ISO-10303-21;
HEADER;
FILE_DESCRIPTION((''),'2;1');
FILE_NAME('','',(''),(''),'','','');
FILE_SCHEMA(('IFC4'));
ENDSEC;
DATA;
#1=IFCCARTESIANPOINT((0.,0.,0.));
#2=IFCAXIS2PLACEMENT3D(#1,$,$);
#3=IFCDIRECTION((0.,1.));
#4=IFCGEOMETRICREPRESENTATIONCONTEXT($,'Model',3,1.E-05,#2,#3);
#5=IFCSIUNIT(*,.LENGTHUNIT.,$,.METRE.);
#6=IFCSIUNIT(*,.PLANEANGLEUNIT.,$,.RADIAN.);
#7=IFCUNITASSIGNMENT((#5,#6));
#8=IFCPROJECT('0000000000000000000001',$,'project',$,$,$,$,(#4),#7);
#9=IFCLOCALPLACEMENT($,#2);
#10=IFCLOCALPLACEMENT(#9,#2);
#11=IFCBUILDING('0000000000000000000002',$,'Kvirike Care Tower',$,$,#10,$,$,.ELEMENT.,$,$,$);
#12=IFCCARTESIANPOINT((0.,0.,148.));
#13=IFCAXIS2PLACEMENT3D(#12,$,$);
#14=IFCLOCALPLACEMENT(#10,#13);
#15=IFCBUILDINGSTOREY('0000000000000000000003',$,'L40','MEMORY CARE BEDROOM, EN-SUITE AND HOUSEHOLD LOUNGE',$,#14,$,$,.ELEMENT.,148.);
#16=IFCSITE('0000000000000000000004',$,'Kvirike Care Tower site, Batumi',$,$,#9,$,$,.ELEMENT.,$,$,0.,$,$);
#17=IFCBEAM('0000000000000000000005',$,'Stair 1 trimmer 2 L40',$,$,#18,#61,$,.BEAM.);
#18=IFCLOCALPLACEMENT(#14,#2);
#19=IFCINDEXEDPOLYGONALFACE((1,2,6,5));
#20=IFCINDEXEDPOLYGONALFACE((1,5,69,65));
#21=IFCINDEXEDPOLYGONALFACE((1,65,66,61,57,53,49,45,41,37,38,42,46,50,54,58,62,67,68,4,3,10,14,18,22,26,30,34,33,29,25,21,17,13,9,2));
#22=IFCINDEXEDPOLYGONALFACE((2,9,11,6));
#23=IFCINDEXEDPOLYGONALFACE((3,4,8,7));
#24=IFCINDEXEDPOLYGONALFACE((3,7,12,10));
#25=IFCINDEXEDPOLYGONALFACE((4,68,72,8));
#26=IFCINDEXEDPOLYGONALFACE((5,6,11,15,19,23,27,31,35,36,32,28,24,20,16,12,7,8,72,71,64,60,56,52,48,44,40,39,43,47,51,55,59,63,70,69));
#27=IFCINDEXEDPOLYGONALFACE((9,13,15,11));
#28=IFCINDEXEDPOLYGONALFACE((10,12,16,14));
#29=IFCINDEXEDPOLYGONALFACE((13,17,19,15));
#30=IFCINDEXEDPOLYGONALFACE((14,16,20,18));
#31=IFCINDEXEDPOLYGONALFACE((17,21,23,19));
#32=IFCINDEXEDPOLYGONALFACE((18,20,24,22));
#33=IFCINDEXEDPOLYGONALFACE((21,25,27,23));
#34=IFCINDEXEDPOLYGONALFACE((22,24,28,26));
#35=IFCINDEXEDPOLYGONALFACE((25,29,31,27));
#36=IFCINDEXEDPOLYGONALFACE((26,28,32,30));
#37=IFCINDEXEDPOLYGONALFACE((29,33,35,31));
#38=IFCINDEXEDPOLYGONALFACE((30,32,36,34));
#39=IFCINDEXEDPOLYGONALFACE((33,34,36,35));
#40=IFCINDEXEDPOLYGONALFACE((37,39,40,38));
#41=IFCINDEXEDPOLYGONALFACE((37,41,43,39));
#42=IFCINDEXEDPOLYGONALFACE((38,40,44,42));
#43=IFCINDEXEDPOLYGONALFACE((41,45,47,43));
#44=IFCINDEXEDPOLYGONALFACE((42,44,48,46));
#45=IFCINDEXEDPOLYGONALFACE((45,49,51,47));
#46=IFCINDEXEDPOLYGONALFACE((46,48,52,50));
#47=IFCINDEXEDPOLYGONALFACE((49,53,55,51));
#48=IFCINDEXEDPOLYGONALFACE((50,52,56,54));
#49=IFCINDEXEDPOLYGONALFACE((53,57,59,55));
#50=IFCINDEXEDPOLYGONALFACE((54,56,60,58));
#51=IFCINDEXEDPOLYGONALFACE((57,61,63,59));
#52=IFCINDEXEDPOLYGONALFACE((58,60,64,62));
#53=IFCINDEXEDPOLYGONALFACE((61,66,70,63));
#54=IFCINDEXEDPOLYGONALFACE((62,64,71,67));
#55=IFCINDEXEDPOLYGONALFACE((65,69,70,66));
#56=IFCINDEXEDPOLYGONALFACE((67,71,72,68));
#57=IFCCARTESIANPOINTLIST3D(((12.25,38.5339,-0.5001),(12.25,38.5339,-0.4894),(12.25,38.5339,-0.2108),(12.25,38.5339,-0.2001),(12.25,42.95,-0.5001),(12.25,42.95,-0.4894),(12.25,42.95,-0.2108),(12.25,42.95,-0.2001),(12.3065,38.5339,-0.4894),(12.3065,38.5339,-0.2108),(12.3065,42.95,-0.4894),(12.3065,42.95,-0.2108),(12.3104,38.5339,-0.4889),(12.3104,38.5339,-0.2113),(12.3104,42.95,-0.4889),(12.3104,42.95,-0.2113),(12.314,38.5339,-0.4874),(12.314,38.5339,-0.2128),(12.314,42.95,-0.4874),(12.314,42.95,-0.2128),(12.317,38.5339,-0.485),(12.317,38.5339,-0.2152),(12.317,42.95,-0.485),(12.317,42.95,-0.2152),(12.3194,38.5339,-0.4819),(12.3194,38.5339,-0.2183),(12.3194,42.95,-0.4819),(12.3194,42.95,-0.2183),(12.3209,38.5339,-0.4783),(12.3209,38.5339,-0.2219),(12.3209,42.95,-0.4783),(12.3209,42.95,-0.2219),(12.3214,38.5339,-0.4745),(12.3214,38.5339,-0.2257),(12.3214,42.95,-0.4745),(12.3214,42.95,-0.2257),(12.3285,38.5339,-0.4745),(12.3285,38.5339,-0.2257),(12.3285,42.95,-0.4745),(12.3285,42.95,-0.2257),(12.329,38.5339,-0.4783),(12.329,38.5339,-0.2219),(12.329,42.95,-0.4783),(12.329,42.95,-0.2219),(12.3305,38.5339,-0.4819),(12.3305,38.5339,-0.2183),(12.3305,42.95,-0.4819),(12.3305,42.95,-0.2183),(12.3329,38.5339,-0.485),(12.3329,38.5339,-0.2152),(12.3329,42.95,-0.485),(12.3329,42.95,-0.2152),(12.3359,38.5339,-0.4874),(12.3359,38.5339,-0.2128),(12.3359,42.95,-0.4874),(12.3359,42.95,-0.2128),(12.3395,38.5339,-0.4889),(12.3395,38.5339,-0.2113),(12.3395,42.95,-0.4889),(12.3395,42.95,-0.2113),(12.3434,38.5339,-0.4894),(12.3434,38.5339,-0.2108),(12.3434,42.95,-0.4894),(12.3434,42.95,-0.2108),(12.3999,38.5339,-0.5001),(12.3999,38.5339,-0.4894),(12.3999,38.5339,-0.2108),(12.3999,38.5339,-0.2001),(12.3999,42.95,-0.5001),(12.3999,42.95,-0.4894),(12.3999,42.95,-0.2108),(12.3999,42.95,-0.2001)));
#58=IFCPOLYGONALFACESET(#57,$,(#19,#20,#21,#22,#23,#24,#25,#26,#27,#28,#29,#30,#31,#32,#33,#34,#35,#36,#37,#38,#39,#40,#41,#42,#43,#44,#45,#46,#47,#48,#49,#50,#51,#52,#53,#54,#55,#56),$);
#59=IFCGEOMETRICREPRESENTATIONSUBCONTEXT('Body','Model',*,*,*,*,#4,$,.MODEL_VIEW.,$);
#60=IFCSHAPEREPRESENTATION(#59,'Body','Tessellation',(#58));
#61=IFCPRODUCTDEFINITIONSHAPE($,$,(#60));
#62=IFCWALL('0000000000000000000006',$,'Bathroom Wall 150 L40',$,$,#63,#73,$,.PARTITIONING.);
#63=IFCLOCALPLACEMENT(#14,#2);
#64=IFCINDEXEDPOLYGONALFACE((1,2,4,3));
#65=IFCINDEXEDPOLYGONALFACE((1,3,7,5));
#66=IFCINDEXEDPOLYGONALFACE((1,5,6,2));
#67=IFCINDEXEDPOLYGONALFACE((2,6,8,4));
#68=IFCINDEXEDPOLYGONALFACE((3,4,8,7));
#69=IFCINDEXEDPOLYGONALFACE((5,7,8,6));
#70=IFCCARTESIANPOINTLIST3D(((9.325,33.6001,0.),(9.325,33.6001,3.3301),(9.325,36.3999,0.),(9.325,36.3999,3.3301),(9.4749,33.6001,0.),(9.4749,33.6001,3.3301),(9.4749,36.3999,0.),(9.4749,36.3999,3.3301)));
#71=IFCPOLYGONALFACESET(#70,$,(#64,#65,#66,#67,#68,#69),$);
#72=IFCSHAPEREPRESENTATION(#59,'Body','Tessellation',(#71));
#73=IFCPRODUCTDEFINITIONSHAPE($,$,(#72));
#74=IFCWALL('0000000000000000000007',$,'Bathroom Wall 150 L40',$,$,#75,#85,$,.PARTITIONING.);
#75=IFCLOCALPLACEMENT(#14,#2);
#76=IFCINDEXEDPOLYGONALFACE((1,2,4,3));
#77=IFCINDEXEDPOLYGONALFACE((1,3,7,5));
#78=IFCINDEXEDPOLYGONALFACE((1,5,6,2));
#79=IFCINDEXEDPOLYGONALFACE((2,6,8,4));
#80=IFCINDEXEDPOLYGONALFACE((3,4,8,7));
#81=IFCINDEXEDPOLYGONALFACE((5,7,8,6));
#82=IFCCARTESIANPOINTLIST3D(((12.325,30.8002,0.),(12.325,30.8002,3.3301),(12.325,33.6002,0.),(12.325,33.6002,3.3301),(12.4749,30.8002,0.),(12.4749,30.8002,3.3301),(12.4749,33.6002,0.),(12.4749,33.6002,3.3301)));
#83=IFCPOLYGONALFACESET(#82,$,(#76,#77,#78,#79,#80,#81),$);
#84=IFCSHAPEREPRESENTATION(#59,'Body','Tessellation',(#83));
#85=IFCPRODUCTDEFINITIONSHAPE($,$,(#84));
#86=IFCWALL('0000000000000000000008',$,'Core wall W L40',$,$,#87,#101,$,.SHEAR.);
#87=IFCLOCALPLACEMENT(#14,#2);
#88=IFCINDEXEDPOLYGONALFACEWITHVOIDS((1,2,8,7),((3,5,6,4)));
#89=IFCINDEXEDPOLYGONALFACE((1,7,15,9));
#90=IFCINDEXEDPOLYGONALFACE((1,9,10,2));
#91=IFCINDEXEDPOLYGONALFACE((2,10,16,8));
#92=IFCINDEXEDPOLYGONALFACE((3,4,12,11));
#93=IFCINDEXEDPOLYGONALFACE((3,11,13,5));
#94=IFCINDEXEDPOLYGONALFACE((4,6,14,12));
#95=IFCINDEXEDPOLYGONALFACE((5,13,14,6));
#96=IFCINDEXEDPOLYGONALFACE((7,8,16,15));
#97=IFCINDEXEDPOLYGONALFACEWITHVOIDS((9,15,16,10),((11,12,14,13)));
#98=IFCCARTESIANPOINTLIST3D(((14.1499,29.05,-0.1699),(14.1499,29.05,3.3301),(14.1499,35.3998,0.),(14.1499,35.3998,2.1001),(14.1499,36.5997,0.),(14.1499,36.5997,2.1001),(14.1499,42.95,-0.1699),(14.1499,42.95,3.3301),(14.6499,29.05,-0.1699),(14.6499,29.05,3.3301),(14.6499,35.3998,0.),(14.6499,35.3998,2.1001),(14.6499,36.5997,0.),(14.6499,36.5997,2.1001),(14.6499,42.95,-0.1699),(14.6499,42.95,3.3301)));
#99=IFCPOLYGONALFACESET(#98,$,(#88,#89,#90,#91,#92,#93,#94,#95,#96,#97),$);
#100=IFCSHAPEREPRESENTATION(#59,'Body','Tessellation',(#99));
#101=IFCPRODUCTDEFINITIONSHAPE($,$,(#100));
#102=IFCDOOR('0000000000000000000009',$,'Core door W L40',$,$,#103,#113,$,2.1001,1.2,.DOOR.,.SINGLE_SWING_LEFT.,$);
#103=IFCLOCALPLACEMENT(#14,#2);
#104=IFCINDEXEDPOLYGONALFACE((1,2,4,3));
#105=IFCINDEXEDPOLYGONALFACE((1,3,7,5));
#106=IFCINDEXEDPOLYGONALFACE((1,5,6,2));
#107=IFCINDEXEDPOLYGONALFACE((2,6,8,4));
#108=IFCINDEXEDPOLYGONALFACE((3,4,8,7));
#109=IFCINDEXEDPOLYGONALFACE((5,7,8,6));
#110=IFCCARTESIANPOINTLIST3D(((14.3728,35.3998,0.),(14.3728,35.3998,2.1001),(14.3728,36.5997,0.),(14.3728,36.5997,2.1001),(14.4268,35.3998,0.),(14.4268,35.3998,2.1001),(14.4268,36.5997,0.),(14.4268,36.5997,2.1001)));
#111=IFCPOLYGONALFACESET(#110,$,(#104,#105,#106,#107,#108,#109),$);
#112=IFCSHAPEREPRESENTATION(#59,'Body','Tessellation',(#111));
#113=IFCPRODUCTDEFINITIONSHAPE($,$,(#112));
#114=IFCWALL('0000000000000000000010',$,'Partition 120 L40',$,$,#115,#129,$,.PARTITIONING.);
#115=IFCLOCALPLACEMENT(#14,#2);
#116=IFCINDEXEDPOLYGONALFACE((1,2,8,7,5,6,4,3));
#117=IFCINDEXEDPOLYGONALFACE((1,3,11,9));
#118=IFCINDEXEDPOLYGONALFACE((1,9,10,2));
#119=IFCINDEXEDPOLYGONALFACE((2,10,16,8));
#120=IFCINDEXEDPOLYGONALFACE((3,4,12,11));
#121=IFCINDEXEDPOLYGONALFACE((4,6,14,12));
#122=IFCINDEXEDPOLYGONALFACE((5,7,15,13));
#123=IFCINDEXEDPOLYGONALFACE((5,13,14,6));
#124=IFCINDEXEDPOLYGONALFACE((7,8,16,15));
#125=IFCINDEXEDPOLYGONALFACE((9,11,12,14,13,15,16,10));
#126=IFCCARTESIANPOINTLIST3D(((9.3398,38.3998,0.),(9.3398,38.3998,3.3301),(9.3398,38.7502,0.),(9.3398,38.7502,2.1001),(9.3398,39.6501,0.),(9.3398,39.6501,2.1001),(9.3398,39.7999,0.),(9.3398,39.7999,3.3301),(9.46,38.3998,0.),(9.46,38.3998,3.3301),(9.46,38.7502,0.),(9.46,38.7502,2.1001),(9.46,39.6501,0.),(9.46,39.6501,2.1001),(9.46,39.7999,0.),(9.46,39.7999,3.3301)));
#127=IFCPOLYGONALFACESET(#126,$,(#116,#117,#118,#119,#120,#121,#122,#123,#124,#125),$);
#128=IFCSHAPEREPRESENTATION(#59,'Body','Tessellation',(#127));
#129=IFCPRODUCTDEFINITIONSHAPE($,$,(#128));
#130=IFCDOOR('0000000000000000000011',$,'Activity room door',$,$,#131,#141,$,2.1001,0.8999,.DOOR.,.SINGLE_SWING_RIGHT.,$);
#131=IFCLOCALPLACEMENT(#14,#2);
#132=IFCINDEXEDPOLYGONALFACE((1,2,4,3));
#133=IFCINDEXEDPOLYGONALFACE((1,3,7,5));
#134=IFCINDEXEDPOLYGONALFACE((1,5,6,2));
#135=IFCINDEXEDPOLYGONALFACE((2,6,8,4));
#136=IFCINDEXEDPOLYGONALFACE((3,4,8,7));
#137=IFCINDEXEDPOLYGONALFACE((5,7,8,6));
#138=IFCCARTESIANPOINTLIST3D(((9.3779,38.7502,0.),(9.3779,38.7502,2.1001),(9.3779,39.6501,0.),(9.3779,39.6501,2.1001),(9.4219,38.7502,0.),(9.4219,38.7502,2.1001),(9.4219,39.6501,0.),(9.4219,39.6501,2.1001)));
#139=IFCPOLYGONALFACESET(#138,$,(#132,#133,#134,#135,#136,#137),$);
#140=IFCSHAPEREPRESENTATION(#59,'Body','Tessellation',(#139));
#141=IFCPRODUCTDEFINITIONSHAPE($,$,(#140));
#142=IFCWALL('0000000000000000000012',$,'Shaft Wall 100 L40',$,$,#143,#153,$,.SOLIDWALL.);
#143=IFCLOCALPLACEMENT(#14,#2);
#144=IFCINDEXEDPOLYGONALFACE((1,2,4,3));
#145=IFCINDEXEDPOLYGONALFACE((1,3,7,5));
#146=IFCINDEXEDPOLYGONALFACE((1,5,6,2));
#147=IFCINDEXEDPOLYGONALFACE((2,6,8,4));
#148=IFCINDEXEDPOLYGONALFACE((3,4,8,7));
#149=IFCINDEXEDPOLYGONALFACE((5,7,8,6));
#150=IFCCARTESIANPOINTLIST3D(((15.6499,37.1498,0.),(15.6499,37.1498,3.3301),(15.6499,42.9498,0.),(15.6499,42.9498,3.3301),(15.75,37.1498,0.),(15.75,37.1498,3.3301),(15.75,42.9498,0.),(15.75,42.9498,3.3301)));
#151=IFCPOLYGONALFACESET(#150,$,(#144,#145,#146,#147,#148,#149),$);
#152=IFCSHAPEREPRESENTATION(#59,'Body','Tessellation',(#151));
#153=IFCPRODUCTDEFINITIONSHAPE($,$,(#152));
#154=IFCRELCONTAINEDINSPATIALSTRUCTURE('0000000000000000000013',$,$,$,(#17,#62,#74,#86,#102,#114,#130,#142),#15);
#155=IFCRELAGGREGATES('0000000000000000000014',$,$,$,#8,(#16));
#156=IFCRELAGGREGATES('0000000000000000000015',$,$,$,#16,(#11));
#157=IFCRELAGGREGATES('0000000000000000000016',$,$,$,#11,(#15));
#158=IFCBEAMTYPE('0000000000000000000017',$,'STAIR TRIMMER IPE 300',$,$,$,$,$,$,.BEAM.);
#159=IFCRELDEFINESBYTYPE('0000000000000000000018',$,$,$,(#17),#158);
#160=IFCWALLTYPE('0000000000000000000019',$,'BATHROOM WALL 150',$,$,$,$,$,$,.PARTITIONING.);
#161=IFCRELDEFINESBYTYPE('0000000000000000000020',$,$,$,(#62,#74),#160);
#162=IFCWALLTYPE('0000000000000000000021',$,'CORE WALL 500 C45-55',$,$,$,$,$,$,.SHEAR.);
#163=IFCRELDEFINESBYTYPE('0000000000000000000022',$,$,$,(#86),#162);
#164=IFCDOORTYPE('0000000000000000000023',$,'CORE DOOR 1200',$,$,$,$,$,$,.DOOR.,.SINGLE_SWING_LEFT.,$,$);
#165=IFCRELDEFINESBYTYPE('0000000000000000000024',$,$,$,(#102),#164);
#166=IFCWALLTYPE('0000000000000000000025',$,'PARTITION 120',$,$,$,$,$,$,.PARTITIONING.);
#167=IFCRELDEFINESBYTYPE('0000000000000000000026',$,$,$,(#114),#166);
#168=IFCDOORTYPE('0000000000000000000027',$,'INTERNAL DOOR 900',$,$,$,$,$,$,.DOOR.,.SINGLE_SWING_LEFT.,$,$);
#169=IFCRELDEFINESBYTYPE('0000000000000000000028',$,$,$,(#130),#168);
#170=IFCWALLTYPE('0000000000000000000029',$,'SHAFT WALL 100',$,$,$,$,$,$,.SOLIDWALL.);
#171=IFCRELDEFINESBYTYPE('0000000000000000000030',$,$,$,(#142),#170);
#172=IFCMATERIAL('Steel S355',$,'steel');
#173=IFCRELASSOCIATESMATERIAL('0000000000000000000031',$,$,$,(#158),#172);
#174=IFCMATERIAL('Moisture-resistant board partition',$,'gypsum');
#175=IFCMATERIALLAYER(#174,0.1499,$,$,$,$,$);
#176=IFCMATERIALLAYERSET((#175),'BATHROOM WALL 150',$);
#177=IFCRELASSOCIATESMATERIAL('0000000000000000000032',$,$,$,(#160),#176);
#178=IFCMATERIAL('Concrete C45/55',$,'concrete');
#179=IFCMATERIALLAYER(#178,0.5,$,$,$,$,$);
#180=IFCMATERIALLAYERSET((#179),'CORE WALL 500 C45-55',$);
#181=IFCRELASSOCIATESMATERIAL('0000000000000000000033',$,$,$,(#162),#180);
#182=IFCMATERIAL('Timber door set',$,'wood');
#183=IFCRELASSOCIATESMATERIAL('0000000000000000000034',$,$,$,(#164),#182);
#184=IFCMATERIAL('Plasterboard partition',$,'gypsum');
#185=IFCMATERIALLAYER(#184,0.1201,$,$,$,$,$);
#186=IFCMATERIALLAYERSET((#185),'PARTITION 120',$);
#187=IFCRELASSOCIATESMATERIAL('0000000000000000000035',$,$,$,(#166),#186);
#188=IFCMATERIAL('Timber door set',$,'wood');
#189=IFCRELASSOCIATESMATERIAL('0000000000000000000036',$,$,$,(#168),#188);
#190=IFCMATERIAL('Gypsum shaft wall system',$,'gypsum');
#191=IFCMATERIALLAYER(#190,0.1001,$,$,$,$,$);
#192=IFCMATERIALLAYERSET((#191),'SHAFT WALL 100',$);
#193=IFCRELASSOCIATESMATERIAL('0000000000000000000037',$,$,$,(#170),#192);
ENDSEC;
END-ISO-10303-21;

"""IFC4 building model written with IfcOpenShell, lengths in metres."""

from ifc_helpers import new_model, si_unit, direction, frame, frame_2d, origin, origin_2d, place, context, subcontext, project, spatial, rectangle, i_section, extrude, material, layer, layer_set, material_profile, profile_set, type_object, element, fill, save


model = new_model("IFC4")

# Units and contexts
model_context = context("Model", 3, precision=1e-05, world=origin(), true_north=direction((0.0, 1.0)))
body_context = subcontext(model_context, "Body", "Model", "MODEL_VIEW")
ifc_project = project(units=[si_unit("LENGTHUNIT", "METRE"), si_unit("PLANEANGLEUNIT", "RADIAN")], contexts=[model_context])

# Site, building, storey
site_placement = place(None, origin())
site = spatial("IfcSite", under=ifc_project, at=site_placement, Name="Kvirike Care Tower site, Batumi", CompositionType="ELEMENT", RefElevation=0.0)
building_placement = place(site_placement, origin())
building = spatial("IfcBuilding", under=site, at=building_placement, Name="Kvirike Care Tower", CompositionType="ELEMENT")
storey_placement = place(building_placement, frame((0.0, 0.0, 148.0)))
storey = spatial("IfcBuildingStorey", under=building, at=storey_placement, Name="L40", Description="MEMORY CARE BEDROOM, EN-SUITE AND HOUSEHOLD LOUNGE", CompositionType="ELEMENT", Elevation=148.0)

# Beam
ifc_material_1 = material(Name="Steel S355", Category="steel")
ifc_material_profile_1 = material_profile(ifc_material_1, i_section(OverallWidth=0.1499, OverallDepth=0.3, WebThickness=0.0071, FlangeThickness=0.0107, FilletRadius=0.0149, at=origin_2d()), Name="IPE 300")
ifc_profile_set_1 = profile_set([ifc_material_profile_1], Name="Steel S355")
beam_type_1 = type_object("IfcBeamType", Name="STAIR TRIMMER IPE 300", PredefinedType="BEAM", material=ifc_profile_set_1)
for number, where, z_axis, x_axis, name in (
    (1, (12.325, 42.95, -0.3501), (0.0, -1.0, 0.0), (1.0, 0.0, 0.0), "Stair 1 trimmer 2 L40"),
):
    element("IfcBeam", number, at=place(storey_placement, frame(where, z_axis=z_axis, x_axis=x_axis)), inside=storey, type_object=beam_type_1, Name=name, PredefinedType="BEAM", context=body_context, shape_type="SweptSolid", body=[
        extrude(i_section(OverallWidth=0.1499, OverallDepth=0.3, WebThickness=0.0071, FlangeThickness=0.0107, FilletRadius=0.0149, at=origin_2d()), origin(), (0.0, 0.0, 1.0), 4.416),
    ])

# Walls
ifc_material_2 = material(Name="Moisture-resistant board partition", Category="gypsum")
ifc_layer_1 = layer(ifc_material_2, 0.1499)
ifc_layer_set_1 = layer_set([ifc_layer_1], Name="BATHROOM WALL 150")
wall_type_1 = type_object("IfcWallType", Name="BATHROOM WALL 150", PredefinedType="PARTITIONING", material=ifc_layer_set_1)
wall_1_placement = place(storey_placement, frame((9.3999, 36.3999, 0.0), z_axis=(0.0, 0.0, 1.0), x_axis=(0.0, -1.0, 0.0)))
element("IfcWall", 2, at=wall_1_placement, inside=storey, type_object=wall_type_1, Name="Bathroom Wall 150 L40", PredefinedType="PARTITIONING", context=body_context, shape_type="SweptSolid", body=[
    extrude(rectangle(XDim=2.7998, YDim=0.1499, at=frame_2d((1.3999, 0.0))), origin(), (0.0, 0.0, 1.0), 3.3301),
])
wall_2_placement = place(storey_placement, frame((12.3999, 33.6001, 0.0), z_axis=(0.0, 0.0, 1.0), x_axis=(0.0, -1.0, 0.0)))
element("IfcWall", 3, at=wall_2_placement, inside=storey, type_object=wall_type_1, Name="Bathroom Wall 150 L40", PredefinedType="PARTITIONING", context=body_context, shape_type="SweptSolid", body=[
    extrude(rectangle(XDim=2.8, YDim=0.1499, at=frame_2d((1.3999, 0.0))), origin(), (0.0, 0.0, 1.0), 3.3301),
])

# Walls, openings, doors
ifc_material_3 = material(Name="Concrete C45/55", Category="concrete")
ifc_layer_2 = layer(ifc_material_3, 0.5)
ifc_layer_set_2 = layer_set([ifc_layer_2], Name="CORE WALL 500 C45-55")
wall_type_2 = type_object("IfcWallType", Name="CORE WALL 500 C45-55", PredefinedType="SHEAR", material=ifc_layer_set_2)
wall_3_placement = place(storey_placement, frame((14.3999, 42.95, -0.1699), z_axis=(0.0, 0.0, 1.0), x_axis=(0.0, -1.0, 0.0)))
wall_3 = element("IfcWall", 4, at=wall_3_placement, inside=storey, type_object=wall_type_2, Name="Core wall W L40", PredefinedType="SHEAR", context=body_context, shape_type="SweptSolid", body=[
    extrude(rectangle(XDim=13.8999, YDim=0.5, at=frame_2d((6.95, 0.0))), origin(), (0.0, 0.0, 1.0), 3.5),
])
opening_1_placement = place(wall_3_placement, frame((6.3501, 0.0, 0.1699)))
opening_1 = element("IfcOpeningElement", 5, at=opening_1_placement, cuts=wall_3, PredefinedType="OPENING", context=body_context, shape_type="SweptSolid", body=[
    extrude(rectangle(XDim=1.2, YDim=2.1001, at=frame_2d((0.6001, 1.05))), frame((0.0, 0.2605, 0.0), z_axis=(0.0, -1.0, 0.0), x_axis=(1.0, 0.0, 0.0)), (0.0, 0.0, 1.0), 0.521),
])
ifc_material_4 = material(Name="Timber door set", Category="wood")
door_type_1 = type_object("IfcDoorType", Name="CORE DOOR 1200", OperationType="SINGLE_SWING_LEFT", PredefinedType="DOOR", material=ifc_material_4)
door_1_placement = place(opening_1_placement, origin())
door_1 = element("IfcDoor", 6, at=door_1_placement, inside=storey, type_object=door_type_1, Name="Core door W L40", OperationType="SINGLE_SWING_LEFT", OverallHeight=2.1001, OverallWidth=1.2, PredefinedType="DOOR", context=body_context, shape_type="SweptSolid", body=[
    extrude(rectangle(XDim=1.2, YDim=2.1001, at=frame_2d((0.6001, 1.05))), frame((0.0, 0.0269, 0.0), z_axis=(0.0, -1.0, 0.0), x_axis=(1.0, 0.0, 0.0)), (0.0, 0.0, 1.0), 0.054),
])
fill(opening_1, door_1)
ifc_material_5 = material(Name="Plasterboard partition", Category="gypsum")
ifc_layer_3 = layer(ifc_material_5, 0.1201)
ifc_layer_set_3 = layer_set([ifc_layer_3], Name="PARTITION 120")
wall_type_3 = type_object("IfcWallType", Name="PARTITION 120", PredefinedType="PARTITIONING", material=ifc_layer_set_3)
wall_4_placement = place(storey_placement, frame((9.3999, 39.8, 0.0), z_axis=(0.0, 0.0, 1.0), x_axis=(0.0, -1.0, 0.0)))
wall_4 = element("IfcWall", 7, at=wall_4_placement, inside=storey, type_object=wall_type_3, Name="Partition 120 L40", PredefinedType="PARTITIONING", context=body_context, shape_type="SweptSolid", body=[
    extrude(rectangle(XDim=1.4001, YDim=0.1201, at=frame_2d((0.7002, 0.0))), origin(), (0.0, 0.0, 1.0), 3.3301),
])
opening_2_placement = place(wall_4_placement, frame((0.1499, 0.0, 0.0)))
opening_2 = element("IfcOpeningElement", 8, at=opening_2_placement, cuts=wall_4, PredefinedType="OPENING", context=body_context, shape_type="SweptSolid", body=[
    extrude(rectangle(XDim=0.8999, YDim=2.1001, at=frame_2d((0.45, 1.05))), frame((0.0, 0.0706, 0.0), z_axis=(0.0, -1.0, 0.0), x_axis=(1.0, 0.0, 0.0)), (0.0, 0.0, 1.0), 0.1411),
])
ifc_material_6 = material(Name="Timber door set", Category="wood")
door_type_2 = type_object("IfcDoorType", Name="INTERNAL DOOR 900", OperationType="SINGLE_SWING_LEFT", PredefinedType="DOOR", material=ifc_material_6)
door_2_placement = place(opening_2_placement, origin())
door_2 = element("IfcDoor", 9, at=door_2_placement, inside=storey, type_object=door_type_2, Name="Activity room door", OperationType="SINGLE_SWING_RIGHT", OverallHeight=2.1001, OverallWidth=0.8999, PredefinedType="DOOR", context=body_context, shape_type="SweptSolid", body=[
    extrude(rectangle(XDim=0.8999, YDim=2.1001, at=frame_2d((0.45, 1.05))), frame((0.0, 0.022, 0.0), z_axis=(0.0, -1.0, 0.0), x_axis=(1.0, 0.0, 0.0)), (0.0, 0.0, 1.0), 0.0439),
])
fill(opening_2, door_2)

# Wall
ifc_material_7 = material(Name="Gypsum shaft wall system", Category="gypsum")
ifc_layer_4 = layer(ifc_material_7, 0.1001)
ifc_layer_set_4 = layer_set([ifc_layer_4], Name="SHAFT WALL 100")
wall_type_4 = type_object("IfcWallType", Name="SHAFT WALL 100", PredefinedType="SOLIDWALL", material=ifc_layer_set_4)
wall_5_placement = place(storey_placement, frame((15.7, 37.1499, 0.0), z_axis=(0.0, 0.0, 1.0), x_axis=(0.0, 1.0, 0.0)))
element("IfcWall", 10, at=wall_5_placement, inside=storey, type_object=wall_type_4, Name="Shaft Wall 100 L40", PredefinedType="SOLIDWALL", context=body_context, shape_type="SweptSolid", body=[
    extrude(rectangle(XDim=5.8, YDim=0.1001, at=frame_2d((2.8999, 0.0))), origin(), (0.0, 0.0, 1.0), 3.3301),
])

save(model, "model.ifc")
